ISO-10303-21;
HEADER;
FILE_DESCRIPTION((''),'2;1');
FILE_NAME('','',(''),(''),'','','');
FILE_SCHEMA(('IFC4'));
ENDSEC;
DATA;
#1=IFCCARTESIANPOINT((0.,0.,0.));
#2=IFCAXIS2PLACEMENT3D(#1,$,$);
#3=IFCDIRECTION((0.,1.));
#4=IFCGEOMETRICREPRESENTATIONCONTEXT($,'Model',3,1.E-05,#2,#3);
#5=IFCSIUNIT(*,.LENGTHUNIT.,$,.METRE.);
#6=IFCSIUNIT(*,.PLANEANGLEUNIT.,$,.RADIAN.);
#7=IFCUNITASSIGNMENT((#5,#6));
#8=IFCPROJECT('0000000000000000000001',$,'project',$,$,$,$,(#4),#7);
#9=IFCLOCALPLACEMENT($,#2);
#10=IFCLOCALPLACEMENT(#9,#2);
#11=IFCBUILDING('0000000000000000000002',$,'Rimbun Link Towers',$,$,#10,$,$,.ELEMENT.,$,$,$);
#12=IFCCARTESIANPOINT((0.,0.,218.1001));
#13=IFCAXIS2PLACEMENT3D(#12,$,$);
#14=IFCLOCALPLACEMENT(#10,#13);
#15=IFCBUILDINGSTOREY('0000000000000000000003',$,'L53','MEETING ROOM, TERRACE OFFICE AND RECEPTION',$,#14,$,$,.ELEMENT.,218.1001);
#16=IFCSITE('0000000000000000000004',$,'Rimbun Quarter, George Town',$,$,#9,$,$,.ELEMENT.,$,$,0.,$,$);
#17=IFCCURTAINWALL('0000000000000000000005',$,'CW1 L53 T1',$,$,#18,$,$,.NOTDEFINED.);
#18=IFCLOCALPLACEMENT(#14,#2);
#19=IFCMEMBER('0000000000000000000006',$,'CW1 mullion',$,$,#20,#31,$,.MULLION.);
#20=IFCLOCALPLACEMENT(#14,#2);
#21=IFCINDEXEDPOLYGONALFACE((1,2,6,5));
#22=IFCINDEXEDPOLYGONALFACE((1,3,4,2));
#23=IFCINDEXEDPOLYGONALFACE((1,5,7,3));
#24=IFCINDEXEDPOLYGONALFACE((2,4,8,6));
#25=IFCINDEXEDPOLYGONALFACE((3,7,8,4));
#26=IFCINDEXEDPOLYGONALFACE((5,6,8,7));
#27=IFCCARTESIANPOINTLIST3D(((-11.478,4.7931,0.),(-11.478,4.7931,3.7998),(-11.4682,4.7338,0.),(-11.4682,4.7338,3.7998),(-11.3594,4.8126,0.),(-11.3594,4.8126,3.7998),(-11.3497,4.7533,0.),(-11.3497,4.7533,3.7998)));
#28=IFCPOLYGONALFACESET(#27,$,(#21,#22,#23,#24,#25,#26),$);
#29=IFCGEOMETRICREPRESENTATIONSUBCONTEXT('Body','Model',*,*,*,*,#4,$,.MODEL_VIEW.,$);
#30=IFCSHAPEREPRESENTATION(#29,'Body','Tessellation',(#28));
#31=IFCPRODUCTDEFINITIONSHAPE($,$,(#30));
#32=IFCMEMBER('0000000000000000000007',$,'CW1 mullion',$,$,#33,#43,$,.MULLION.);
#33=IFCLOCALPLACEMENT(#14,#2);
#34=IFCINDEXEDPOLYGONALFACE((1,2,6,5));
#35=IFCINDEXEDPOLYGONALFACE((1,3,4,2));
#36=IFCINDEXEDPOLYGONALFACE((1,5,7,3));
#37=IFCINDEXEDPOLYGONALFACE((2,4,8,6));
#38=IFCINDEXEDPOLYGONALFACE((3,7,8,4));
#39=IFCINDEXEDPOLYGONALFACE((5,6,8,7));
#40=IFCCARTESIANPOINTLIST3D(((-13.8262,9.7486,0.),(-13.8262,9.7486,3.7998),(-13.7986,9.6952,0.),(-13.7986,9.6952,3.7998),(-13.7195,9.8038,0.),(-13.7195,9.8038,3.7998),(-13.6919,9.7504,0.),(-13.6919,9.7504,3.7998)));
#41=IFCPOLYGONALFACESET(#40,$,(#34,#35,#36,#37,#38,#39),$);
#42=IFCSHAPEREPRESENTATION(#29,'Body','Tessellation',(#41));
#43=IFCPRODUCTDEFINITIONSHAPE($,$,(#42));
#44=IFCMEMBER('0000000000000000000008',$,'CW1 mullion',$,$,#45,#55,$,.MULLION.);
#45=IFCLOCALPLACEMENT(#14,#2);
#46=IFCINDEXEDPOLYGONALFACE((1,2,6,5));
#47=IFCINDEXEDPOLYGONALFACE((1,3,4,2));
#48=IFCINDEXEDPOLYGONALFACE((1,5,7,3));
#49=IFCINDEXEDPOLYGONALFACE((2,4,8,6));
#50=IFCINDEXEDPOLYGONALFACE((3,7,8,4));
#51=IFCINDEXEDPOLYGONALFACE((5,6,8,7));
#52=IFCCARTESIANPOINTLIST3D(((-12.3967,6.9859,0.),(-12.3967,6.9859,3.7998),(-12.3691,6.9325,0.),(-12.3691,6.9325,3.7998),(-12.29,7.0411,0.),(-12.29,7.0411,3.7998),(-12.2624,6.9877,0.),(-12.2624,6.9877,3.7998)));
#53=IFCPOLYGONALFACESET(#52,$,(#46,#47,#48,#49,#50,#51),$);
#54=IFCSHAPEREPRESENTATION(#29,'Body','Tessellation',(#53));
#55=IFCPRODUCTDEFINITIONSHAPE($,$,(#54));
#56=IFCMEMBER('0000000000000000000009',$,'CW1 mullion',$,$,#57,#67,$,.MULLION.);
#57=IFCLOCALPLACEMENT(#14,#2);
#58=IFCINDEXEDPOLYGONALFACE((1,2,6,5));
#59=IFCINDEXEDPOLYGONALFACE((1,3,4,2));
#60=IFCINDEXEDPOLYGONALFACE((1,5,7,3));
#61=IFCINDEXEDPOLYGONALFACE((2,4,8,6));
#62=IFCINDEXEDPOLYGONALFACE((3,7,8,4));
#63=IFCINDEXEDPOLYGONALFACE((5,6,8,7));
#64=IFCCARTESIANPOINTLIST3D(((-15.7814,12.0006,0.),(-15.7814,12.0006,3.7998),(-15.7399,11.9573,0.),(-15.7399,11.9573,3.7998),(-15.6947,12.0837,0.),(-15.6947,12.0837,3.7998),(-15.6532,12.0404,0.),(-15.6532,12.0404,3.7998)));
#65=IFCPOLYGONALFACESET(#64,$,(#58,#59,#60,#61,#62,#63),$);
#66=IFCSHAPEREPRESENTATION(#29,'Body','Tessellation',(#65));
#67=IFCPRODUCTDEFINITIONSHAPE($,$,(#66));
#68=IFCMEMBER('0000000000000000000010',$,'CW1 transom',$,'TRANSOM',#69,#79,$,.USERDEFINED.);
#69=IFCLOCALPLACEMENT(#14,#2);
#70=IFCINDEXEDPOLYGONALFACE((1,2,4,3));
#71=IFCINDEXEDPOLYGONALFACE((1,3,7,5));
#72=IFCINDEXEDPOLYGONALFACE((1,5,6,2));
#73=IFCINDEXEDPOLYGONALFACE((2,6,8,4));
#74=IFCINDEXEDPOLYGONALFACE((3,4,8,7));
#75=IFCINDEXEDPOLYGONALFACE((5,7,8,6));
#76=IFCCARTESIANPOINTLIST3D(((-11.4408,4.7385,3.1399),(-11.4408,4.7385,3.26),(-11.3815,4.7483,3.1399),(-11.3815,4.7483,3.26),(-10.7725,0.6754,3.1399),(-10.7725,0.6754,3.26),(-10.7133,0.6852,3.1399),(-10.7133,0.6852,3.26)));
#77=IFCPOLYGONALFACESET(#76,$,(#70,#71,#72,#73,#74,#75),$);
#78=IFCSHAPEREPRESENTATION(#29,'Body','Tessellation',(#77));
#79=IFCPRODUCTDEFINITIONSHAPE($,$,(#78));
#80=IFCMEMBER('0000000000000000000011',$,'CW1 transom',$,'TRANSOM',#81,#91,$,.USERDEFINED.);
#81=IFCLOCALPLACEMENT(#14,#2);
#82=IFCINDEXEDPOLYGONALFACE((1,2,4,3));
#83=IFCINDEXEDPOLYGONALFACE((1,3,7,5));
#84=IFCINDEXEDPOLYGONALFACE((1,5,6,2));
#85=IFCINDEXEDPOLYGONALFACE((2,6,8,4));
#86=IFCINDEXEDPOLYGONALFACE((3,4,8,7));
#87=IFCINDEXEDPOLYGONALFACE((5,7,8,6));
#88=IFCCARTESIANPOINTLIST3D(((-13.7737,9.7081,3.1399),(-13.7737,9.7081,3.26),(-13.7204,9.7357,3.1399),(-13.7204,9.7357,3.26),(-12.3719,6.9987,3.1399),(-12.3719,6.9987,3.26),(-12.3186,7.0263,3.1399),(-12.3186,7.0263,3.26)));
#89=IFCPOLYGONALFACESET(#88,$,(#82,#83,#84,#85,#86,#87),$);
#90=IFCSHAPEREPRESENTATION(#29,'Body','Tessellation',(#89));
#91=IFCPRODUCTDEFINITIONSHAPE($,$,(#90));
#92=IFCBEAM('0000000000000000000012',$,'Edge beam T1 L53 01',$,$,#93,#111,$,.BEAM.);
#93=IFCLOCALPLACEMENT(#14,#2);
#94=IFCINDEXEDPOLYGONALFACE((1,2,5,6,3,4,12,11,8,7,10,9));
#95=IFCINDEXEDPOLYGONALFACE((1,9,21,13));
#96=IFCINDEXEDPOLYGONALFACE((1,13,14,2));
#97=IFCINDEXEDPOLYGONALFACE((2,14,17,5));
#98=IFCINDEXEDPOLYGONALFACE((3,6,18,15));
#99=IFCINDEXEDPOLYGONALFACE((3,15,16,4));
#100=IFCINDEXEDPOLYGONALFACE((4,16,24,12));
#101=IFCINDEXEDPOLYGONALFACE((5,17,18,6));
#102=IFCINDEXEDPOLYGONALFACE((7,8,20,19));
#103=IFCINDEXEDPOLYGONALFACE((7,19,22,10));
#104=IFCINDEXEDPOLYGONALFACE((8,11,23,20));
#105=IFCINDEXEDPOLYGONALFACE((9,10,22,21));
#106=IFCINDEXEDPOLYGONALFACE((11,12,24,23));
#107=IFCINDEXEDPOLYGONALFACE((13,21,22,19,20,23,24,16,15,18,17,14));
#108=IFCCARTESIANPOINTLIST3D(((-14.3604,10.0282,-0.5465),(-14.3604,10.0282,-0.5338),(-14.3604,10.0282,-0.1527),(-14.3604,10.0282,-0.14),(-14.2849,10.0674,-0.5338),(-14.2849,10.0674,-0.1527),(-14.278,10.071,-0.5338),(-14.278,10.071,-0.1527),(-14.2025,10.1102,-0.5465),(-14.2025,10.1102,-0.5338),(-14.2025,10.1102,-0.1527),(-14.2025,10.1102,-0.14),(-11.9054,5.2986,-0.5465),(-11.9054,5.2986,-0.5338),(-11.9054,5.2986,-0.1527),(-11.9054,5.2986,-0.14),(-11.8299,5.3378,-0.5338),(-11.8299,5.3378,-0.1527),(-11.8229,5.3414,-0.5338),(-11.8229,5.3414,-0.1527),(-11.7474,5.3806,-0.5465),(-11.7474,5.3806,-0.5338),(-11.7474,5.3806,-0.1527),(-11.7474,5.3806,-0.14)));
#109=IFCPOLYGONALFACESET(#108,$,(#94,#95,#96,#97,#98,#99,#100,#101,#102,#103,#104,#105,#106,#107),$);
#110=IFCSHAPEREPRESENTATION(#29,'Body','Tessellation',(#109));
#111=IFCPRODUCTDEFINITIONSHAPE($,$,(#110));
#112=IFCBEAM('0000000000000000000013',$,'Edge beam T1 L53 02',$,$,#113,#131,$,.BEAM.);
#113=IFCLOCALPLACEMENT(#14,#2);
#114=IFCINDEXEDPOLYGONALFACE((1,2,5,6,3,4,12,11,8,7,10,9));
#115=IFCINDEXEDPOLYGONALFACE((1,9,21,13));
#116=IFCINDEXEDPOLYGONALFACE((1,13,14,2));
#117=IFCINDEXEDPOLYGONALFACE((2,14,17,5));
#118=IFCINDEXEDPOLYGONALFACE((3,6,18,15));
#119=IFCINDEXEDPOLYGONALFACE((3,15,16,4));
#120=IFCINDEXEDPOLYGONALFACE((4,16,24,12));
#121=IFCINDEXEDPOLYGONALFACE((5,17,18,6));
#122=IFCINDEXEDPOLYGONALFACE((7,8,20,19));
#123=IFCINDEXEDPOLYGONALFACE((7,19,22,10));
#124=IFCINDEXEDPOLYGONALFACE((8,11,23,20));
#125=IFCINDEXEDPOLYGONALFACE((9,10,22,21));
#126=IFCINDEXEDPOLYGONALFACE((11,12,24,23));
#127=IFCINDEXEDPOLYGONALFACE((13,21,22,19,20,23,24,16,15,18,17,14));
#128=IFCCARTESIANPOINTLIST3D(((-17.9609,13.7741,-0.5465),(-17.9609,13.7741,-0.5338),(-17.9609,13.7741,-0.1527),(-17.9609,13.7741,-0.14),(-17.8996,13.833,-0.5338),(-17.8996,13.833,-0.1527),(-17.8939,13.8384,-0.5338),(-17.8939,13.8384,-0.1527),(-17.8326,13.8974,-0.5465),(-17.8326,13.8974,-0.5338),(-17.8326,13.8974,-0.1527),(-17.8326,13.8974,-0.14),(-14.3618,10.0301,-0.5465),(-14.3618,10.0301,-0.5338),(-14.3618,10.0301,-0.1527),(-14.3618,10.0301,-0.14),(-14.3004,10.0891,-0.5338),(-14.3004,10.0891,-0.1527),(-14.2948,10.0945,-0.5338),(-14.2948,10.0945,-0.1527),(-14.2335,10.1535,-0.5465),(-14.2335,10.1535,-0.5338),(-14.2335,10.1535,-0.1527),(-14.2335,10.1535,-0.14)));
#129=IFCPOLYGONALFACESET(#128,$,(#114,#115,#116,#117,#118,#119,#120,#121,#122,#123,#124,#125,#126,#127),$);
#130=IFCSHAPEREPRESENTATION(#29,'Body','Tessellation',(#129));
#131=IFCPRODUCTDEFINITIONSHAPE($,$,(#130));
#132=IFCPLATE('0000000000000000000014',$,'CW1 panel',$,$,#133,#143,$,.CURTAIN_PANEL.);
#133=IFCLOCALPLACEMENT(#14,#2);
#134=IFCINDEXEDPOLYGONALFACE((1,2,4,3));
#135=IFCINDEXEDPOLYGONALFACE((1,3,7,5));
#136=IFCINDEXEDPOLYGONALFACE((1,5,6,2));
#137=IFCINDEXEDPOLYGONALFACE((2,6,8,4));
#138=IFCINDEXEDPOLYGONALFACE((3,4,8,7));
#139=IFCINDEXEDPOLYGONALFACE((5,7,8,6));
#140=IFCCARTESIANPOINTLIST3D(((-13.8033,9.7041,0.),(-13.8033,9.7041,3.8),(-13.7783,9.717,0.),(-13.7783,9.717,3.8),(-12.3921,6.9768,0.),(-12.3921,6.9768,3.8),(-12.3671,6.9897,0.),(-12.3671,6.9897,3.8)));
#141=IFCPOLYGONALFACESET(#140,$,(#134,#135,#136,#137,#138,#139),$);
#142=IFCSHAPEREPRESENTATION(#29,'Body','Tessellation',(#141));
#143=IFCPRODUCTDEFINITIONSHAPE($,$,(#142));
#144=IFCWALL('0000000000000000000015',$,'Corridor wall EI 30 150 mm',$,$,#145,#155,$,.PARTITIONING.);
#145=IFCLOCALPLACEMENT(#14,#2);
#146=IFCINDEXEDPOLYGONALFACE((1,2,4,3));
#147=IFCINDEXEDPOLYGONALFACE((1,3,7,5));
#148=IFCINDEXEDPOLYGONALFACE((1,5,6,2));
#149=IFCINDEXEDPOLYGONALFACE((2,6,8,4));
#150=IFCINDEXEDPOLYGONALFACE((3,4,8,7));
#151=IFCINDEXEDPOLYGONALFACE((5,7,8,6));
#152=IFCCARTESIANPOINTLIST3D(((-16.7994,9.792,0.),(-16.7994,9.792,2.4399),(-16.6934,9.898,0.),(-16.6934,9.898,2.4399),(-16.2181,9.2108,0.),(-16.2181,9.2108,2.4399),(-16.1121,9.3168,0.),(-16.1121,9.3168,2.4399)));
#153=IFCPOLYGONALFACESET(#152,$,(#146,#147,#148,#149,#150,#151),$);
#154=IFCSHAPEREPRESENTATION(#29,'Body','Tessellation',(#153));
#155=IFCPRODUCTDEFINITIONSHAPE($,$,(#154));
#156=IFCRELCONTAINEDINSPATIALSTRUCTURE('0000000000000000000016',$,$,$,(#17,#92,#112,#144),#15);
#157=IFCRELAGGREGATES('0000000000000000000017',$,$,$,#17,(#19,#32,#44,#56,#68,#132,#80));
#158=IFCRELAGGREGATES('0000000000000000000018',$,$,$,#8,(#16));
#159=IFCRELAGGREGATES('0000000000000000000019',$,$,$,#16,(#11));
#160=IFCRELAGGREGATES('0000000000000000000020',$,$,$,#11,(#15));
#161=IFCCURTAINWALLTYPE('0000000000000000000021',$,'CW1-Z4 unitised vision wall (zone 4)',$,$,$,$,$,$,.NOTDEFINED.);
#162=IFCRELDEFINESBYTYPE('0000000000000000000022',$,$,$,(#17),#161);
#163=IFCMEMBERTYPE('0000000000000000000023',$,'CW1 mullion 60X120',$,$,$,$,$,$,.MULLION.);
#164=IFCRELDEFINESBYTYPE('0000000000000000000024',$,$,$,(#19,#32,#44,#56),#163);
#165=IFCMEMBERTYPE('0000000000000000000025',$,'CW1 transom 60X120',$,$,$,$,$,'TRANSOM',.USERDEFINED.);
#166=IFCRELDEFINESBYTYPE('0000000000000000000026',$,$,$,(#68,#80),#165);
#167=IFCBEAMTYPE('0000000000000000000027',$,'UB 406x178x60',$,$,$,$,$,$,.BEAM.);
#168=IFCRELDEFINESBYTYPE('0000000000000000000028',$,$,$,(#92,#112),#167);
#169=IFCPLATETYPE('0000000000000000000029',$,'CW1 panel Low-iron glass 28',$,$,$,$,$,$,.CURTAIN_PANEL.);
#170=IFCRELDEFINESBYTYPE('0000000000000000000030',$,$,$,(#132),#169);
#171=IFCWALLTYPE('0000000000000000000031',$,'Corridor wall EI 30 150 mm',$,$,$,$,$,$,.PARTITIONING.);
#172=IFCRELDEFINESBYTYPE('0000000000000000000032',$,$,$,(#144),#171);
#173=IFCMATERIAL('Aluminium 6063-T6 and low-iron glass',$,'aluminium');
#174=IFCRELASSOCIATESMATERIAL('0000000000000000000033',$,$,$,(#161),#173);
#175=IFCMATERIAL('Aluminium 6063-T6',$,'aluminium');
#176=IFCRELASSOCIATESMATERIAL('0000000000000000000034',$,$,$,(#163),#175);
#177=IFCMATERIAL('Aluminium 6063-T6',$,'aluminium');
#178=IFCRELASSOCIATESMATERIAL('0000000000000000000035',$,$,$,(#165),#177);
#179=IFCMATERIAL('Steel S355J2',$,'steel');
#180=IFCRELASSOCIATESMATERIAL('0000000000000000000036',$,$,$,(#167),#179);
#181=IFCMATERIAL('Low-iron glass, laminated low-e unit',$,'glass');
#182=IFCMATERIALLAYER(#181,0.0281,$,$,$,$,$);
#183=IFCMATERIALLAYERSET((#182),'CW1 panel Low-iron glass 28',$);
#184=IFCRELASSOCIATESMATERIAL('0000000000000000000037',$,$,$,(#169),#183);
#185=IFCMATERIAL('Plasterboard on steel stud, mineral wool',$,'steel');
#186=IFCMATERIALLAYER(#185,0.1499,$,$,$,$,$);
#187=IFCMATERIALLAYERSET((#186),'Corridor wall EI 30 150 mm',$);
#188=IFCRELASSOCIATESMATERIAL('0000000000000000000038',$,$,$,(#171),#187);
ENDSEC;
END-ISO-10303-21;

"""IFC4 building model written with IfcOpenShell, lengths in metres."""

from ifc_helpers import new_model, si_unit, direction, frame, frame_2d, origin, origin_2d, place, context, subcontext, project, spatial, rectangle, i_section, extrude, material, layer, layer_set, material_profile, profile_set, type_object, element, aggregate, save


model = new_model("IFC4")

# Units and contexts
model_context = context("Model", 3, precision=1e-05, world=origin(), true_north=direction((0.0, 1.0)))
body_context = subcontext(model_context, "Body", "Model", "MODEL_VIEW")
ifc_project = project(units=[si_unit("LENGTHUNIT", "METRE"), si_unit("PLANEANGLEUNIT", "RADIAN")], contexts=[model_context])

# Site, building, storey
site_placement = place(None, origin())
site = spatial("IfcSite", under=ifc_project, at=site_placement, Name="Rimbun Quarter, George Town", CompositionType="ELEMENT", RefElevation=0.0)
building_placement = place(site_placement, origin())
building = spatial("IfcBuilding", under=site, at=building_placement, Name="Rimbun Link Towers", CompositionType="ELEMENT")
storey_placement = place(building_placement, frame((0.0, 0.0, 218.1001)))
storey = spatial("IfcBuildingStorey", under=building, at=storey_placement, Name="L53", Description="MEETING ROOM, TERRACE OFFICE AND RECEPTION", CompositionType="ELEMENT", Elevation=218.1001)

# Curtain wall, members
ifc_material_1 = material(Name="Aluminium 6063-T6 and low-iron glass", Category="aluminium")
curtain_wall_type = type_object("IfcCurtainWallType", Name="CW1-Z4 unitised vision wall (zone 4)", PredefinedType="NOTDEFINED", material=ifc_material_1)
curtain_wall_placement = place(storey_placement, origin())
curtain_wall = element("IfcCurtainWall", 1, at=curtain_wall_placement, inside=storey, type_object=curtain_wall_type, Name="CW1 L53 T1", PredefinedType="NOTDEFINED")
ifc_material_2 = material(Name="Aluminium 6063-T6", Category="aluminium")
ifc_material_profile_1 = material_profile(ifc_material_2, rectangle(XDim=0.1201, YDim=0.0601, at=origin_2d()), Name="MULLION 60X120")
ifc_profile_set_1 = profile_set([ifc_material_profile_1], Name="Aluminium 6063-T6")
member_type_1 = type_object("IfcMemberType", Name="CW1 mullion 60X120", PredefinedType="MULLION", material=ifc_profile_set_1)
member_1_placement = place(storey_placement, frame((-11.4138, 4.7732, 0.0), z_axis=(0.0, 0.0, 1.0), x_axis=(0.986747, 0.162264, 0.0)))
member_1 = element("IfcMember", 2, at=member_1_placement, type_object=member_type_1, Name="CW1 mullion", PredefinedType="MULLION", context=body_context, shape_type="SweptSolid", body=[
    extrude(rectangle(XDim=0.1201, YDim=0.0601, at=origin_2d()), origin(), (0.0, 0.0, 1.0), 3.7998),
])
member_2_placement = place(storey_placement, frame((-13.759, 9.7495, 0.0), z_axis=(0.0, 0.0, 1.0), x_axis=(0.88815, 0.459554, 0.0)))
member_2 = element("IfcMember", 3, at=member_2_placement, type_object=member_type_1, Name="CW1 mullion", PredefinedType="MULLION", context=body_context, shape_type="SweptSolid", body=[
    extrude(rectangle(XDim=0.1201, YDim=0.0601, at=origin_2d()), origin(), (0.0, 0.0, 1.0), 3.7998),
])
member_3_placement = place(storey_placement, frame((-12.3296, 6.9868, 0.0), z_axis=(0.0, 0.0, 1.0), x_axis=(0.88815, 0.459554, 0.0)))
member_3 = element("IfcMember", 4, at=member_3_placement, type_object=member_type_1, Name="CW1 mullion", PredefinedType="MULLION", context=body_context, shape_type="SweptSolid", body=[
    extrude(rectangle(XDim=0.1201, YDim=0.0601, at=origin_2d()), origin(), (0.0, 0.0, 1.0), 3.7998),
])
member_4_placement = place(storey_placement, frame((-15.7173, 12.0205, 0.0), z_axis=(0.0, 0.0, 1.0), x_axis=(0.721846, 0.692053, 0.0)))
member_4 = element("IfcMember", 5, at=member_4_placement, type_object=member_type_1, Name="CW1 mullion", PredefinedType="MULLION", context=body_context, shape_type="SweptSolid", body=[
    extrude(rectangle(XDim=0.1201, YDim=0.0601, at=origin_2d()), origin(), (0.0, 0.0, 1.0), 3.7998),
])
ifc_material_3 = material(Name="Aluminium 6063-T6", Category="aluminium")
ifc_material_profile_2 = material_profile(ifc_material_3, rectangle(XDim=0.0601, YDim=0.1201, at=origin_2d()), Name="TRANSOM 60X120")
ifc_profile_set_2 = profile_set([ifc_material_profile_2], Name="Aluminium 6063-T6")
member_type_2 = type_object("IfcMemberType", Name="CW1 transom 60X120", ElementType="TRANSOM", PredefinedType="USERDEFINED", material=ifc_profile_set_2)
member_5_placement = place(storey_placement, frame((-11.4111, 4.7434, 3.2), z_axis=(0.162283, -0.986744, 0.0), x_axis=(0.986744, 0.162283, 0.0)))
member_5 = element("IfcMember", 6, at=member_5_placement, type_object=member_type_2, Name="CW1 transom", ObjectType="TRANSOM", PredefinedType="USERDEFINED", context=body_context, shape_type="SweptSolid", body=[
    extrude(rectangle(XDim=0.0601, YDim=0.1201, at=origin_2d()), origin(), (0.0, 0.0, 1.0), 4.1177),
])
member_6_placement = place(storey_placement, frame((-13.7471, 9.7219, 3.2), z_axis=(0.459527, -0.888164, 0.0), x_axis=(0.888164, 0.459527, 0.0)))
member_6 = element("IfcMember", 7, at=member_6_placement, type_object=member_type_2, Name="CW1 transom", ObjectType="TRANSOM", PredefinedType="USERDEFINED", context=body_context, shape_type="SweptSolid", body=[
    extrude(rectangle(XDim=0.0601, YDim=0.1201, at=origin_2d()), origin(), (0.0, 0.0, 1.0), 3.0505),
])

# Beams
ifc_material_4 = material(Name="Steel S355J2", Category="steel")
ifc_material_profile_3 = material_profile(ifc_material_4, i_section(OverallWidth=0.178, OverallDepth=0.4065, WebThickness=0.0078, FlangeThickness=0.0127, at=origin_2d()), Name="UB 406x178x60")
ifc_profile_set_3 = profile_set([ifc_material_profile_3], Name="Steel S355J2")
beam_type = type_object("IfcBeamType", Name="UB 406x178x60", PredefinedType="BEAM", material=ifc_profile_set_3)
beam_1_placement = place(storey_placement, frame((-11.8264, 5.3396, -0.3433), z_axis=(-0.460705, 0.887553, 0.0), x_axis=(-0.887553, -0.460705, 0.0)))
element("IfcBeam", 8, at=beam_1_placement, inside=storey, type_object=beam_type, Name="Edge beam T1 L53 01", PredefinedType="BEAM", context=body_context, shape_type="SweptSolid", body=[
    extrude(i_section(OverallWidth=0.178, OverallDepth=0.4065, WebThickness=0.0078, FlangeThickness=0.0127, at=origin_2d()), origin(), (0.0, 0.0, 1.0), 5.3289),
])
beam_2_placement = place(storey_placement, frame((-14.2976, 10.0918, -0.3433), z_axis=(-0.693031, 0.720908, 0.0), x_axis=(-0.720908, -0.693031, 0.0)))
element("IfcBeam", 9, at=beam_2_placement, inside=storey, type_object=beam_type, Name="Edge beam T1 L53 02", PredefinedType="BEAM", context=body_context, shape_type="SweptSolid", body=[
    extrude(i_section(OverallWidth=0.178, OverallDepth=0.4065, WebThickness=0.0078, FlangeThickness=0.0127, at=origin_2d()), origin(), (0.0, 0.0, 1.0), 5.1934),
])

# Plate
ifc_material_5 = material(Name="Low-iron glass, laminated low-e unit", Category="glass")
ifc_layer_1 = layer(ifc_material_5, 0.0281)
ifc_layer_set_1 = layer_set([ifc_layer_1], Name="CW1 panel Low-iron glass 28")
plate_type = type_object("IfcPlateType", Name="CW1 panel Low-iron glass 28", PredefinedType="CURTAIN_PANEL", material=ifc_layer_set_1)
plate_placement = place(storey_placement, frame((-13.0852, 8.3469, 0.0), z_axis=(0.0, 0.0, 1.0), x_axis=(0.459554, -0.88815, 0.0)))
plate = element("IfcPlate", 10, at=plate_placement, type_object=plate_type, Name="CW1 panel", PredefinedType="CURTAIN_PANEL", context=body_context, shape_type="SweptSolid", body=[
    extrude(rectangle(XDim=3.0708, YDim=0.0281, at=origin_2d()), origin(), (0.0, 0.0, 1.0), 3.8),
])
aggregate(curtain_wall, [member_1, member_2, member_3, member_4, member_5, plate, member_6])

# Wall
ifc_material_6 = material(Name="Plasterboard on steel stud, mineral wool", Category="steel")
ifc_layer_2 = layer(ifc_material_6, 0.1499)
ifc_layer_set_2 = layer_set([ifc_layer_2], Name="Corridor wall EI 30 150 mm")
wall_type_1 = type_object("IfcWallType", Name="Corridor wall EI 30 150 mm", PredefinedType="PARTITIONING", material=ifc_layer_set_2)
wall_1_placement = place(storey_placement, frame((-16.165, 9.2637, 0.0), z_axis=(0.0, 0.0, 1.0), x_axis=(-0.707107, 0.707107, 0.0)))
element("IfcWall", 11, at=wall_1_placement, inside=storey, type_object=wall_type_1, Name="Corridor wall EI 30 150 mm", PredefinedType="PARTITIONING", context=body_context, shape_type="SweptSolid", body=[
    extrude(rectangle(XDim=0.822, YDim=0.1499, at=frame_2d((0.4111, 0.0))), origin(), (0.0, 0.0, 1.0), 2.4399),
])

save(model, "model.ifc")
